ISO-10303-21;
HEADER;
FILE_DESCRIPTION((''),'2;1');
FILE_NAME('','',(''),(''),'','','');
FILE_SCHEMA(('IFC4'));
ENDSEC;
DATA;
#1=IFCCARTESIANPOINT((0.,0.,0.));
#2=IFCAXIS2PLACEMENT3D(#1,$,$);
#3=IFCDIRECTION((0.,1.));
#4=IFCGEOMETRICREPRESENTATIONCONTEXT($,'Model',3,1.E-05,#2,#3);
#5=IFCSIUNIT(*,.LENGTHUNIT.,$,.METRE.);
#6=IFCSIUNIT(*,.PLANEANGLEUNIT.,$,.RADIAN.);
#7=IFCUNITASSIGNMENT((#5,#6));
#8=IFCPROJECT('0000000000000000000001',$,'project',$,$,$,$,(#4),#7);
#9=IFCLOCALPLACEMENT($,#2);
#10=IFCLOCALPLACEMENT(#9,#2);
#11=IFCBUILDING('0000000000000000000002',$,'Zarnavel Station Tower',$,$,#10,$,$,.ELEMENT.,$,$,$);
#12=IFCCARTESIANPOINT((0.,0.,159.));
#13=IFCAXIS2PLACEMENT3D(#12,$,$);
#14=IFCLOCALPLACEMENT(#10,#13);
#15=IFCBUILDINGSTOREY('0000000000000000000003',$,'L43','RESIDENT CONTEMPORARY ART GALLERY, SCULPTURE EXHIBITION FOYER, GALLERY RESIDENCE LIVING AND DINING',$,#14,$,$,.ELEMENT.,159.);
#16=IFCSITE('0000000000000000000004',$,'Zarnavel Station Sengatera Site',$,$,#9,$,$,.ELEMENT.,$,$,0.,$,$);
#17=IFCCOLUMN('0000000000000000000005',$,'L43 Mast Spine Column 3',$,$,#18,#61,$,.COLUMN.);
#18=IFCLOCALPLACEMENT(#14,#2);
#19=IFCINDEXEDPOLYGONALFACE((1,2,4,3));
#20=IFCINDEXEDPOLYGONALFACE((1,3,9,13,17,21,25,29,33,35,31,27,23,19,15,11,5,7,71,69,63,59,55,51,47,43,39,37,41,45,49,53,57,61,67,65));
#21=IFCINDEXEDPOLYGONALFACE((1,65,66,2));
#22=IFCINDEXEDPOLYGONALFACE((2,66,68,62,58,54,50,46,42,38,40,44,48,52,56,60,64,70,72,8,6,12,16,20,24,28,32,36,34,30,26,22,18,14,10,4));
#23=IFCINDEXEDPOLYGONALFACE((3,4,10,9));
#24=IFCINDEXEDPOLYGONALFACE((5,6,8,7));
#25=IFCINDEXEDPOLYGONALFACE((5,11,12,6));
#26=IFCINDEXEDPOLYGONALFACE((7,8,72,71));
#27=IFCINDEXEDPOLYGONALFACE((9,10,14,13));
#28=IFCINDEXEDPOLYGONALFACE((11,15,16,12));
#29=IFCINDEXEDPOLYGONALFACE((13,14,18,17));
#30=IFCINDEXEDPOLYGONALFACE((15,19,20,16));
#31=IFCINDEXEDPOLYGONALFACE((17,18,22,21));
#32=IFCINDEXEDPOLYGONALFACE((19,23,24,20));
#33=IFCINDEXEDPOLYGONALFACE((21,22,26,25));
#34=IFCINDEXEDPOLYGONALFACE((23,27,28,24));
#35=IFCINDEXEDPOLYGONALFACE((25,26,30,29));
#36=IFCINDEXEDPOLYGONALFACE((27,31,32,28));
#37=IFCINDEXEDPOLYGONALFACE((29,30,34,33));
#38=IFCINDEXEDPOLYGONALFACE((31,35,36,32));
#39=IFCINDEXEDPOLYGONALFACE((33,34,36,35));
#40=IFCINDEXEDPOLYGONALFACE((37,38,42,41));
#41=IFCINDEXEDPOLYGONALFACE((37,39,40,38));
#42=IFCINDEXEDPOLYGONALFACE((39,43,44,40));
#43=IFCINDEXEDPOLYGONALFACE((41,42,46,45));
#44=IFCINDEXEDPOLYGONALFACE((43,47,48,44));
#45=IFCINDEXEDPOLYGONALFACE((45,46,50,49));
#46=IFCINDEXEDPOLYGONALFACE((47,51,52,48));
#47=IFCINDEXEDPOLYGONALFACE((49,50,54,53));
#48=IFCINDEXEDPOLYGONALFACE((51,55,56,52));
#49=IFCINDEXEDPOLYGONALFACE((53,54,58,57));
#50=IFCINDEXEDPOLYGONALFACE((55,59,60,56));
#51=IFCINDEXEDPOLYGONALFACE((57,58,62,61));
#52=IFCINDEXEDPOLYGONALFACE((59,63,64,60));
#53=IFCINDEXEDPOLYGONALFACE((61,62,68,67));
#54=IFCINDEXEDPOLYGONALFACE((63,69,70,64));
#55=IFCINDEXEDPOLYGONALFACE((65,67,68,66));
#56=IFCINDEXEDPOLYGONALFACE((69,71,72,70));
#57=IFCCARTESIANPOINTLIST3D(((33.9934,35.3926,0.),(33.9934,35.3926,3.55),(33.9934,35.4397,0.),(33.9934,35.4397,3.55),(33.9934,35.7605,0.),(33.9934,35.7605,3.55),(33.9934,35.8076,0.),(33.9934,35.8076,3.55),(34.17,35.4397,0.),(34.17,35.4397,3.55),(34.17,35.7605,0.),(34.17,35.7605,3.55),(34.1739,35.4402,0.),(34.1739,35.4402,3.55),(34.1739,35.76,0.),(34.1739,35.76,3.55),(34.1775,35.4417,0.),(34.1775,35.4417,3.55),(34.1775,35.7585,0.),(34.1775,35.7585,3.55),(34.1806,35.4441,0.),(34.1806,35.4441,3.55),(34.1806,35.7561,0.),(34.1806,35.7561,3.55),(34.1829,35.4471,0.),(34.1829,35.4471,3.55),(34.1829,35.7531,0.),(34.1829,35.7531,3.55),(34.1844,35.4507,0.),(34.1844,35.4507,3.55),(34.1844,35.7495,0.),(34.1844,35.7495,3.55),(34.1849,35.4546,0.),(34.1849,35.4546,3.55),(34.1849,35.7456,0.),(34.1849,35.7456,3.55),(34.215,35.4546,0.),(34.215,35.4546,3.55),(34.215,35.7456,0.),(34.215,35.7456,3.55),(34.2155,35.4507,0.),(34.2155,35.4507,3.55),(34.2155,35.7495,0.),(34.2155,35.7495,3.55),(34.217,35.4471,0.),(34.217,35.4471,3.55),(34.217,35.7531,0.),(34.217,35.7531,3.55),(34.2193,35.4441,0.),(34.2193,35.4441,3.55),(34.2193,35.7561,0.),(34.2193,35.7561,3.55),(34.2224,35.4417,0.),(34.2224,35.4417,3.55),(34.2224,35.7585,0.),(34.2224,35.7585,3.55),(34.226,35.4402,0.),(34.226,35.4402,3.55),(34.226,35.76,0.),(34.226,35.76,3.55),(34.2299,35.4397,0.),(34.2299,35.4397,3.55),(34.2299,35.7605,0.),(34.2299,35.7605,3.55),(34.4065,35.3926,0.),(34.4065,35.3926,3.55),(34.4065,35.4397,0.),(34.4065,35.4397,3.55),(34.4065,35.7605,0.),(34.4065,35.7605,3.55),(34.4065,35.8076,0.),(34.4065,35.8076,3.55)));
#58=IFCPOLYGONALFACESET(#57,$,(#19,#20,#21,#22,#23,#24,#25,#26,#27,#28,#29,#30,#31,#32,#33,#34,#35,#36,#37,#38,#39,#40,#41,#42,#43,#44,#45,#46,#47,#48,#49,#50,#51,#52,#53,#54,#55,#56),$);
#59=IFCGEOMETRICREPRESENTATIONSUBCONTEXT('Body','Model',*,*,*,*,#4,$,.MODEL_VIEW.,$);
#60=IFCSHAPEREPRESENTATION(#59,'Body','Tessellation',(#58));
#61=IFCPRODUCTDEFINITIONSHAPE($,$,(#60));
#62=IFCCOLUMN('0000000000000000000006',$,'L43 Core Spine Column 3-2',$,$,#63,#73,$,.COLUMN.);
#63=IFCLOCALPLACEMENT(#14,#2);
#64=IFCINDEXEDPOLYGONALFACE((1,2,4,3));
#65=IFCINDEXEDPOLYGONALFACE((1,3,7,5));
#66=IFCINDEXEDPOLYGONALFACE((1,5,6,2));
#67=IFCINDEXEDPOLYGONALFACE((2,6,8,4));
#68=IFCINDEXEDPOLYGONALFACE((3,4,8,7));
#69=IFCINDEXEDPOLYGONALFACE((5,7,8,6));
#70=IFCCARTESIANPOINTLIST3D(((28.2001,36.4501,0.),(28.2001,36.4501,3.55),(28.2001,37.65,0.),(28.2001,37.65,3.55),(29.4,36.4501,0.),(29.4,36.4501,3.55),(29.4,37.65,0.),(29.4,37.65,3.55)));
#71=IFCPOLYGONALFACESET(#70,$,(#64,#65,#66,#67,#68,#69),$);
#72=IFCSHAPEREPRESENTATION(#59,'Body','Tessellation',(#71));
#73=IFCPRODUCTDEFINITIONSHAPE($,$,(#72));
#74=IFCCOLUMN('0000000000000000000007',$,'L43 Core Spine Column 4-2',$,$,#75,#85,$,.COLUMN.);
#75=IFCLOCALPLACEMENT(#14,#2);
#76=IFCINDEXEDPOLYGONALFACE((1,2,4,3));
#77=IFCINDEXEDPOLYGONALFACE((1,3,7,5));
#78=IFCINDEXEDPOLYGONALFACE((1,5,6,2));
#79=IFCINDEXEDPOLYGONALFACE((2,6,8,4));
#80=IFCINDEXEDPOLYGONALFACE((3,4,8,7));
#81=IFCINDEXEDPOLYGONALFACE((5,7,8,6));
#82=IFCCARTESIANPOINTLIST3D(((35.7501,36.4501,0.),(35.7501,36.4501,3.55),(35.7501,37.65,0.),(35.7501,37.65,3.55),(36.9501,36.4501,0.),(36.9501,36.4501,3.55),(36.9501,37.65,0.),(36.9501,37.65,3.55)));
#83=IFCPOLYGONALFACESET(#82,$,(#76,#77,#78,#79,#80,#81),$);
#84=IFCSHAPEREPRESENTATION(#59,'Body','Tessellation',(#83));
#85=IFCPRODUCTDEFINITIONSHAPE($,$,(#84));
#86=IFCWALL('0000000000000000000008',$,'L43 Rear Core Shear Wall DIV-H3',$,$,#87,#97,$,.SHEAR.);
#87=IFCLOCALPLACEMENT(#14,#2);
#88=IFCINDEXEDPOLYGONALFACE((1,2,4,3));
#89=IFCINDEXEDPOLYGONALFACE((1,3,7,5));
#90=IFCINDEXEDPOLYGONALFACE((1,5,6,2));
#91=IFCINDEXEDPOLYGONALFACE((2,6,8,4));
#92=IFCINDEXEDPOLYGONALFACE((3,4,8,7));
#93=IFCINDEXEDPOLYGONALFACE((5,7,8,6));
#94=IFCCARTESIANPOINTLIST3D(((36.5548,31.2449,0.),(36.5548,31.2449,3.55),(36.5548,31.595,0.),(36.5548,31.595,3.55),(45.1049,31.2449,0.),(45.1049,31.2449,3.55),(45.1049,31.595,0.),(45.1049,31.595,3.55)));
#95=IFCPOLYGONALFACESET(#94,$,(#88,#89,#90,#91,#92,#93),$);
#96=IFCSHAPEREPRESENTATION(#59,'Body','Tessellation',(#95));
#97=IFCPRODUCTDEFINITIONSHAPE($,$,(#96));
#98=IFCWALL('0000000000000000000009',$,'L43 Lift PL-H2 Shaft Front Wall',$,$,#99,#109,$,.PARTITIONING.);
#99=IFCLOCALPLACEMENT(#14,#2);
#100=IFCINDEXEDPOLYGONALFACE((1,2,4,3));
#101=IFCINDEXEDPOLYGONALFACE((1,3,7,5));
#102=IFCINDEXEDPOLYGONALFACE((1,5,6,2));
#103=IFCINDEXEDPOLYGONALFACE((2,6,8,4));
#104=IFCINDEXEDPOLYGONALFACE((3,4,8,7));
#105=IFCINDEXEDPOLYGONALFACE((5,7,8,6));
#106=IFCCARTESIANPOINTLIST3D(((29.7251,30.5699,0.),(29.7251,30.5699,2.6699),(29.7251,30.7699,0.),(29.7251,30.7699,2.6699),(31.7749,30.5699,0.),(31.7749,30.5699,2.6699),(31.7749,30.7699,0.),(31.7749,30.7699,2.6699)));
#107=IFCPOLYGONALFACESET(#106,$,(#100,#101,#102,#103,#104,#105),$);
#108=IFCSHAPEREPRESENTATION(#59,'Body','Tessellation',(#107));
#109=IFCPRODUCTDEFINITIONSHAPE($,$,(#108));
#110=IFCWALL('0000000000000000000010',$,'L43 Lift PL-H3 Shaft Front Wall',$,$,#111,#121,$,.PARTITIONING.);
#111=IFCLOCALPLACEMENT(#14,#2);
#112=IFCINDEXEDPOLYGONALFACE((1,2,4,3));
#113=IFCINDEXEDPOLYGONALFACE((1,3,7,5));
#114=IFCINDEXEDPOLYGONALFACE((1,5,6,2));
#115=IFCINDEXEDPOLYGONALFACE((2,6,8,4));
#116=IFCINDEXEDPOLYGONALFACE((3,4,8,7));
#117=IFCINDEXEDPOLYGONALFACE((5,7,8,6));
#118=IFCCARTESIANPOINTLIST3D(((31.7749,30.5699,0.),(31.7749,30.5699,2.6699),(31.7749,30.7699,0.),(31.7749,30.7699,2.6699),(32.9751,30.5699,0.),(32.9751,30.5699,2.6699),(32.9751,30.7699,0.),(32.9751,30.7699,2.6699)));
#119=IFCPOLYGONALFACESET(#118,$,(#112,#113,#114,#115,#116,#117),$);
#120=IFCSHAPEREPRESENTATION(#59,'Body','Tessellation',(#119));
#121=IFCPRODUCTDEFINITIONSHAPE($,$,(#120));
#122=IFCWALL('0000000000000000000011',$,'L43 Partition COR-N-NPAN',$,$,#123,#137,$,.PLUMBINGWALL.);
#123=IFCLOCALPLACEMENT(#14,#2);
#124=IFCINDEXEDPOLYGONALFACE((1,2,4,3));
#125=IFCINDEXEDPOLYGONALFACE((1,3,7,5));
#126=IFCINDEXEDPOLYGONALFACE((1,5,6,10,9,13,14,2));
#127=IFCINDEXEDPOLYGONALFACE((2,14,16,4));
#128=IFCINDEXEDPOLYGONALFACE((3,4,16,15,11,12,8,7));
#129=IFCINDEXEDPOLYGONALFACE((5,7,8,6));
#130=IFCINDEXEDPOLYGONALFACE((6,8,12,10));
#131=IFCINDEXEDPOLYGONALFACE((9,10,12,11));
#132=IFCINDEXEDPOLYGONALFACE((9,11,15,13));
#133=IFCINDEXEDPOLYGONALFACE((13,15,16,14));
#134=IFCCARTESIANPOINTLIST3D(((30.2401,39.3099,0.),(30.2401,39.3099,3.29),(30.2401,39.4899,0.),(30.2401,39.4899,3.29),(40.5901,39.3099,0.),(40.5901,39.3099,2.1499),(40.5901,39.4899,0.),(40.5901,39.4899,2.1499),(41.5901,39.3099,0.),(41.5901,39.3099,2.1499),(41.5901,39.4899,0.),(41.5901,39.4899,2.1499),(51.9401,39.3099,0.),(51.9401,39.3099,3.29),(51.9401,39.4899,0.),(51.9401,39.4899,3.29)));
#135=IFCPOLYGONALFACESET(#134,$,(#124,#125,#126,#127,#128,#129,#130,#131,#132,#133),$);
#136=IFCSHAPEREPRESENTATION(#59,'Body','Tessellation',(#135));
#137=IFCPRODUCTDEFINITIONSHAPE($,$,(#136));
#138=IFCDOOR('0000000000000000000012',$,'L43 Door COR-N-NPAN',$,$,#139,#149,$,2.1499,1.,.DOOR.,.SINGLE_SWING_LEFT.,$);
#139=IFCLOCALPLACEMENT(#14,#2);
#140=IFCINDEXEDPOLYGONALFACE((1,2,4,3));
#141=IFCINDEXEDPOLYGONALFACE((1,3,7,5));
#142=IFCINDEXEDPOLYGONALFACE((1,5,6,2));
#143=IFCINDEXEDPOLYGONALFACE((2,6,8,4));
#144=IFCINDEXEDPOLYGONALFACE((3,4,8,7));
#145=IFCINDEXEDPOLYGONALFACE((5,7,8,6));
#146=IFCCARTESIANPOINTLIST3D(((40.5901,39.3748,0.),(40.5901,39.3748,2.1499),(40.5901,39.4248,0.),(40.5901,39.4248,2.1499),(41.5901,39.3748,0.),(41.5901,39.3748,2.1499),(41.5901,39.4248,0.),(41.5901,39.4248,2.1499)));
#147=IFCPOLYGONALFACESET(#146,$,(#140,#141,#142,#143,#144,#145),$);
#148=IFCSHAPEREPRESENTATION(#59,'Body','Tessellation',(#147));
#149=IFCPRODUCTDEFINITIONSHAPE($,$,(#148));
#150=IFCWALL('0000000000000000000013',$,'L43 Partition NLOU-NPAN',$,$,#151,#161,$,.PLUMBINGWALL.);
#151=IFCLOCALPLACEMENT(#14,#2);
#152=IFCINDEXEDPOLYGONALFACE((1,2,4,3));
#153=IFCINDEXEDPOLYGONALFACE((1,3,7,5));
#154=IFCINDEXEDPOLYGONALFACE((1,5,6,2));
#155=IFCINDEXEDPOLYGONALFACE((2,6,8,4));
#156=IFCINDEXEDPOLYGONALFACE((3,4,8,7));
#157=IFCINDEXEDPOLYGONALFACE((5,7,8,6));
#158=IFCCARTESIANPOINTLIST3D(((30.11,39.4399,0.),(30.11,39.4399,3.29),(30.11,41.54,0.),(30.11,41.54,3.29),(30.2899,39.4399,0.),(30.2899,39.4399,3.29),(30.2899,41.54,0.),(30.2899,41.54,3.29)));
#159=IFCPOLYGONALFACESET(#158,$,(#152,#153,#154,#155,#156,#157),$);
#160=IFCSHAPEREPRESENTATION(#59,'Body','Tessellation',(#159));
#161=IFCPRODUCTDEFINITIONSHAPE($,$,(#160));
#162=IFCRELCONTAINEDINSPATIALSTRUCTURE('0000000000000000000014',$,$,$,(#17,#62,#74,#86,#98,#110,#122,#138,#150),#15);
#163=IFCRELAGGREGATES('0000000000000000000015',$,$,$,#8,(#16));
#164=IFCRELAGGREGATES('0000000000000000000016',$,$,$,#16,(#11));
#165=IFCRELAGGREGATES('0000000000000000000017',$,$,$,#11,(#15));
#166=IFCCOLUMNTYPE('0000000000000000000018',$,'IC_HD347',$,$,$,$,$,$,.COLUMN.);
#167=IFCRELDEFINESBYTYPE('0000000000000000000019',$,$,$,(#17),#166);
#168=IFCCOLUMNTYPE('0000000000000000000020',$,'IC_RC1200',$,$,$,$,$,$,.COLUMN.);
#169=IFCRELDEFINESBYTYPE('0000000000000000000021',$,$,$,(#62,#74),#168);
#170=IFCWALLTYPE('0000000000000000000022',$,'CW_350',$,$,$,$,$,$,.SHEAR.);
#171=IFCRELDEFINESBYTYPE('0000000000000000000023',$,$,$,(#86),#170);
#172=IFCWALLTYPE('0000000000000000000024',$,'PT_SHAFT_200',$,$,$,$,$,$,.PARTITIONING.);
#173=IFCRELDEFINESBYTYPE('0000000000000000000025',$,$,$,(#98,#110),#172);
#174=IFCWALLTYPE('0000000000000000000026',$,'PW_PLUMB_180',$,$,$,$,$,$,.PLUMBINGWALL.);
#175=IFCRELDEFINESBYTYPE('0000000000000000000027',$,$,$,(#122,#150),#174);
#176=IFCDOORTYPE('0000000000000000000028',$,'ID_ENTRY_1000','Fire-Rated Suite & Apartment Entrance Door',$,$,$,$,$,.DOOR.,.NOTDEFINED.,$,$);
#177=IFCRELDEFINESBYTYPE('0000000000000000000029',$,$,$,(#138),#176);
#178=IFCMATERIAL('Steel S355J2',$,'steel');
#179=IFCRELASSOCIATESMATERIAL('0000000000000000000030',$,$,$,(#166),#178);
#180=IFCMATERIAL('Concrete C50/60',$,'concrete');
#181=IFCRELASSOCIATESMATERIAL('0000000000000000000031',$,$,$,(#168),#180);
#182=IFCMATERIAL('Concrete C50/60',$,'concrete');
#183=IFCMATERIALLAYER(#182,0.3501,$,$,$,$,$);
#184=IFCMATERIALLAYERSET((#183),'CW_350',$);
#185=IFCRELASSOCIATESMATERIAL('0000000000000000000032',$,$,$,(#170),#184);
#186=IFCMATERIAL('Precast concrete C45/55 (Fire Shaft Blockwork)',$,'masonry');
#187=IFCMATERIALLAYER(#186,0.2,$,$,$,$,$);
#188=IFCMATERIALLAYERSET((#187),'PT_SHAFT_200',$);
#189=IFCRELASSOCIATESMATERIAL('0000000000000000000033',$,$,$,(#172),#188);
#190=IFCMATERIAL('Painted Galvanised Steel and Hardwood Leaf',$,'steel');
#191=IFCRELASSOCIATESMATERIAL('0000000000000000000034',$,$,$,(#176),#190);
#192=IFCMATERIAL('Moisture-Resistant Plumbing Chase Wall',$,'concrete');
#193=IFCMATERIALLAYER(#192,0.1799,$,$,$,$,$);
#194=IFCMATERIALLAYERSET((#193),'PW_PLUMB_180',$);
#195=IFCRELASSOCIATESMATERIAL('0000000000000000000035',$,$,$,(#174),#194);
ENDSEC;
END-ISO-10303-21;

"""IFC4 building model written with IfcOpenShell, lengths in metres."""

from ifc_helpers import new_model, si_unit, direction, frame, frame_2d, origin, origin_2d, place, context, subcontext, project, spatial, rectangle, i_section, extrude, material, layer, layer_set, material_profile, profile_set, type_object, element, fill, save


model = new_model("IFC4")

# Units and contexts
model_context = context("Model", 3, precision=1e-05, world=origin(), true_north=direction((0.0, 1.0)))
body_context = subcontext(model_context, "Body", "Model", "MODEL_VIEW")
ifc_project = project(units=[si_unit("LENGTHUNIT", "METRE"), si_unit("PLANEANGLEUNIT", "RADIAN")], contexts=[model_context])

# Site, building, storey
site_placement = place(None, origin())
site = spatial("IfcSite", under=ifc_project, at=site_placement, Name="Zarnavel Station Sengatera Site", CompositionType="ELEMENT", RefElevation=0.0)
building_placement = place(site_placement, origin())
building = spatial("IfcBuilding", under=site, at=building_placement, Name="Zarnavel Station Tower", CompositionType="ELEMENT")
storey_placement = place(building_placement, frame((0.0, 0.0, 159.0)))
storey = spatial("IfcBuildingStorey", under=building, at=storey_placement, Name="L43", Description="RESIDENT CONTEMPORARY ART GALLERY, SCULPTURE EXHIBITION FOYER, GALLERY RESIDENCE LIVING AND DINING", CompositionType="ELEMENT", Elevation=159.0)

# Columns
ifc_material_1 = material(Name="Steel S355J2", Category="steel")
ifc_material_profile_1 = material_profile(ifc_material_1, i_section(OverallWidth=0.4131, OverallDepth=0.415, WebThickness=0.03, FlangeThickness=0.0471, FilletRadius=0.0149, at=origin_2d()), Name="HD400x347")
ifc_profile_set_1 = profile_set([ifc_material_profile_1], Name="Steel S355J2")
column_type_1 = type_object("IfcColumnType", Name="IC_HD347", PredefinedType="COLUMN", material=ifc_profile_set_1)
column_placement = place(storey_placement, frame((34.2, 35.6001, 0.0), z_axis=(0.0, 0.0, 1.0), x_axis=(1.0, 0.0, 0.0)))
element("IfcColumn", 1, at=column_placement, inside=storey, type_object=column_type_1, Name="L43 Mast Spine Column 3", PredefinedType="COLUMN", context=body_context, shape_type="SweptSolid", body=[
    extrude(i_section(OverallWidth=0.4131, OverallDepth=0.415, WebThickness=0.03, FlangeThickness=0.0471, FilletRadius=0.0149, at=origin_2d()), origin(), (0.0, 0.0, 1.0), 3.55),
])
ifc_material_2 = material(Name="Concrete C50/60", Category="concrete")
ifc_material_profile_2 = material_profile(ifc_material_2, rectangle(XDim=1.2, YDim=1.2, at=origin_2d()), Name="RC1200x1200")
ifc_profile_set_2 = profile_set([ifc_material_profile_2], Name="Concrete C50/60")
column_type_2 = type_object("IfcColumnType", Name="IC_RC1200", PredefinedType="COLUMN", material=ifc_profile_set_2)
for number, where, z_axis, x_axis, name in (
    (2, (28.8, 37.05, 0.0), (0.0, 0.0, 1.0), (1.0, 0.0, 0.0), "L43 Core Spine Column 3-2"),
    (3, (36.3501, 37.05, 0.0), (0.0, 0.0, 1.0), (1.0, 0.0, 0.0), "L43 Core Spine Column 4-2"),
):
    element("IfcColumn", number, at=place(storey_placement, frame(where, z_axis=z_axis, x_axis=x_axis)), inside=storey, type_object=column_type_2, Name=name, PredefinedType="COLUMN", context=body_context, shape_type="SweptSolid", body=[
        extrude(rectangle(XDim=1.2, YDim=1.2, at=origin_2d()), origin(), (0.0, 0.0, 1.0), 3.55),
    ])

# Wall
ifc_material_3 = material(Name="Concrete C50/60", Category="concrete")
ifc_layer_1 = layer(ifc_material_3, 0.3501)
ifc_layer_set_1 = layer_set([ifc_layer_1], Name="CW_350")
wall_type_1 = type_object("IfcWallType", Name="CW_350", PredefinedType="SHEAR", material=ifc_layer_set_1)
wall_1_placement = place(storey_placement, frame((36.5549, 31.4199, 0.0), z_axis=(0.0, 0.0, 1.0), x_axis=(1.0, 0.0, 0.0)))
element("IfcWall", 4, at=wall_1_placement, inside=storey, type_object=wall_type_1, Name="L43 Rear Core Shear Wall DIV-H3", PredefinedType="SHEAR", context=body_context, shape_type="SweptSolid", body=[
    extrude(rectangle(XDim=8.55, YDim=0.3501, at=frame_2d((4.2749, 0.0))), origin(), (0.0, 0.0, 1.0), 3.55),
])

# Shared definitions
ifc_material_4 = material(Name="Precast concrete C45/55 (Fire Shaft Blockwork)", Category="masonry")
ifc_layer_2 = layer(ifc_material_4, 0.2)
ifc_layer_set_2 = layer_set([ifc_layer_2], Name="PT_SHAFT_200")
wall_type_2 = type_object("IfcWallType", Name="PT_SHAFT_200", PredefinedType="PARTITIONING", material=ifc_layer_set_2)

# Walls
wall_2_placement = place(storey_placement, frame((29.7251, 30.6699, 0.0), z_axis=(0.0, 0.0, 1.0), x_axis=(1.0, 0.0, 0.0)))
element("IfcWall", 5, at=wall_2_placement, inside=storey, type_object=wall_type_2, Name="L43 Lift PL-H2 Shaft Front Wall", PredefinedType="PARTITIONING", context=body_context, shape_type="SweptSolid", body=[
    extrude(rectangle(XDim=2.0498, YDim=0.2, at=frame_2d((1.0249, 0.0))), origin(), (0.0, 0.0, 1.0), 2.6699),
])
wall_3_placement = place(storey_placement, frame((31.7749, 30.6699, 0.0), z_axis=(0.0, 0.0, 1.0), x_axis=(1.0, 0.0, 0.0)))
element("IfcWall", 6, at=wall_3_placement, inside=storey, type_object=wall_type_2, Name="L43 Lift PL-H3 Shaft Front Wall", PredefinedType="PARTITIONING", context=body_context, shape_type="SweptSolid", body=[
    extrude(rectangle(XDim=1.2002, YDim=0.2, at=frame_2d((0.6001, 0.0))), origin(), (0.0, 0.0, 1.0), 2.6699),
])

# Wall, opening, door
ifc_material_5 = material(Name="Painted Galvanised Steel and Hardwood Leaf", Category="steel")
door_type_1 = type_object("IfcDoorType", Name="ID_ENTRY_1000", Description="Fire-Rated Suite & Apartment Entrance Door", OperationType="NOTDEFINED", PredefinedType="DOOR", material=ifc_material_5)
ifc_material_6 = material(Name="Moisture-Resistant Plumbing Chase Wall", Category="concrete")
ifc_layer_3 = layer(ifc_material_6, 0.1799)
ifc_layer_set_3 = layer_set([ifc_layer_3], Name="PW_PLUMB_180")
wall_type_3 = type_object("IfcWallType", Name="PW_PLUMB_180", PredefinedType="PLUMBINGWALL", material=ifc_layer_set_3)
wall_4_placement = place(storey_placement, frame((30.24, 39.3999, 0.0), z_axis=(0.0, 0.0, 1.0), x_axis=(1.0, 0.0, 0.0)))
wall_4 = element("IfcWall", 7, at=wall_4_placement, inside=storey, type_object=wall_type_3, Name="L43 Partition COR-N-NPAN", PredefinedType="PLUMBINGWALL", context=body_context, shape_type="SweptSolid", body=[
    extrude(rectangle(XDim=21.7, YDim=0.1799, at=frame_2d((10.8501, 0.0))), origin(), (0.0, 0.0, 1.0), 3.29),
])
opening_1_placement = place(wall_4_placement, frame((10.3501, 0.0, 0.0)))
opening_1 = element("IfcOpeningElement", 8, at=opening_1_placement, cuts=wall_4, PredefinedType="OPENING", context=body_context, shape_type="SweptSolid", body=[
    extrude(rectangle(XDim=1.0, YDim=2.1499, at=frame_2d((0.5, 1.075))), frame((0.0, 0.0999, 0.0), z_axis=(0.0, -1.0, 0.0), x_axis=(1.0, 0.0, 0.0)), (0.0, 0.0, 1.0), 0.2),
])
door_1_placement = place(opening_1_placement, origin())
door_1 = element("IfcDoor", 9, at=door_1_placement, inside=storey, type_object=door_type_1, Name="L43 Door COR-N-NPAN", OperationType="SINGLE_SWING_LEFT", OverallHeight=2.1499, OverallWidth=1.0, PredefinedType="DOOR", context=body_context, shape_type="SweptSolid", body=[
    extrude(rectangle(XDim=1.0, YDim=2.1499, at=frame_2d((0.5, 1.075))), frame((0.0, 0.0249, 0.0), z_axis=(0.0, -1.0, 0.0), x_axis=(1.0, 0.0, 0.0)), (0.0, 0.0, 1.0), 0.05),
])
fill(opening_1, door_1)

# Wall
wall_5_placement = place(storey_placement, frame((30.2, 39.4399, 0.0), z_axis=(0.0, 0.0, 1.0), x_axis=(0.0, 1.0, 0.0)))
element("IfcWall", 10, at=wall_5_placement, inside=storey, type_object=wall_type_3, Name="L43 Partition NLOU-NPAN", PredefinedType="PLUMBINGWALL", context=body_context, shape_type="SweptSolid", body=[
    extrude(rectangle(XDim=2.1001, YDim=0.1799, at=frame_2d((1.05, 0.0))), origin(), (0.0, 0.0, 1.0), 3.29),
])

save(model, "model.ifc")
